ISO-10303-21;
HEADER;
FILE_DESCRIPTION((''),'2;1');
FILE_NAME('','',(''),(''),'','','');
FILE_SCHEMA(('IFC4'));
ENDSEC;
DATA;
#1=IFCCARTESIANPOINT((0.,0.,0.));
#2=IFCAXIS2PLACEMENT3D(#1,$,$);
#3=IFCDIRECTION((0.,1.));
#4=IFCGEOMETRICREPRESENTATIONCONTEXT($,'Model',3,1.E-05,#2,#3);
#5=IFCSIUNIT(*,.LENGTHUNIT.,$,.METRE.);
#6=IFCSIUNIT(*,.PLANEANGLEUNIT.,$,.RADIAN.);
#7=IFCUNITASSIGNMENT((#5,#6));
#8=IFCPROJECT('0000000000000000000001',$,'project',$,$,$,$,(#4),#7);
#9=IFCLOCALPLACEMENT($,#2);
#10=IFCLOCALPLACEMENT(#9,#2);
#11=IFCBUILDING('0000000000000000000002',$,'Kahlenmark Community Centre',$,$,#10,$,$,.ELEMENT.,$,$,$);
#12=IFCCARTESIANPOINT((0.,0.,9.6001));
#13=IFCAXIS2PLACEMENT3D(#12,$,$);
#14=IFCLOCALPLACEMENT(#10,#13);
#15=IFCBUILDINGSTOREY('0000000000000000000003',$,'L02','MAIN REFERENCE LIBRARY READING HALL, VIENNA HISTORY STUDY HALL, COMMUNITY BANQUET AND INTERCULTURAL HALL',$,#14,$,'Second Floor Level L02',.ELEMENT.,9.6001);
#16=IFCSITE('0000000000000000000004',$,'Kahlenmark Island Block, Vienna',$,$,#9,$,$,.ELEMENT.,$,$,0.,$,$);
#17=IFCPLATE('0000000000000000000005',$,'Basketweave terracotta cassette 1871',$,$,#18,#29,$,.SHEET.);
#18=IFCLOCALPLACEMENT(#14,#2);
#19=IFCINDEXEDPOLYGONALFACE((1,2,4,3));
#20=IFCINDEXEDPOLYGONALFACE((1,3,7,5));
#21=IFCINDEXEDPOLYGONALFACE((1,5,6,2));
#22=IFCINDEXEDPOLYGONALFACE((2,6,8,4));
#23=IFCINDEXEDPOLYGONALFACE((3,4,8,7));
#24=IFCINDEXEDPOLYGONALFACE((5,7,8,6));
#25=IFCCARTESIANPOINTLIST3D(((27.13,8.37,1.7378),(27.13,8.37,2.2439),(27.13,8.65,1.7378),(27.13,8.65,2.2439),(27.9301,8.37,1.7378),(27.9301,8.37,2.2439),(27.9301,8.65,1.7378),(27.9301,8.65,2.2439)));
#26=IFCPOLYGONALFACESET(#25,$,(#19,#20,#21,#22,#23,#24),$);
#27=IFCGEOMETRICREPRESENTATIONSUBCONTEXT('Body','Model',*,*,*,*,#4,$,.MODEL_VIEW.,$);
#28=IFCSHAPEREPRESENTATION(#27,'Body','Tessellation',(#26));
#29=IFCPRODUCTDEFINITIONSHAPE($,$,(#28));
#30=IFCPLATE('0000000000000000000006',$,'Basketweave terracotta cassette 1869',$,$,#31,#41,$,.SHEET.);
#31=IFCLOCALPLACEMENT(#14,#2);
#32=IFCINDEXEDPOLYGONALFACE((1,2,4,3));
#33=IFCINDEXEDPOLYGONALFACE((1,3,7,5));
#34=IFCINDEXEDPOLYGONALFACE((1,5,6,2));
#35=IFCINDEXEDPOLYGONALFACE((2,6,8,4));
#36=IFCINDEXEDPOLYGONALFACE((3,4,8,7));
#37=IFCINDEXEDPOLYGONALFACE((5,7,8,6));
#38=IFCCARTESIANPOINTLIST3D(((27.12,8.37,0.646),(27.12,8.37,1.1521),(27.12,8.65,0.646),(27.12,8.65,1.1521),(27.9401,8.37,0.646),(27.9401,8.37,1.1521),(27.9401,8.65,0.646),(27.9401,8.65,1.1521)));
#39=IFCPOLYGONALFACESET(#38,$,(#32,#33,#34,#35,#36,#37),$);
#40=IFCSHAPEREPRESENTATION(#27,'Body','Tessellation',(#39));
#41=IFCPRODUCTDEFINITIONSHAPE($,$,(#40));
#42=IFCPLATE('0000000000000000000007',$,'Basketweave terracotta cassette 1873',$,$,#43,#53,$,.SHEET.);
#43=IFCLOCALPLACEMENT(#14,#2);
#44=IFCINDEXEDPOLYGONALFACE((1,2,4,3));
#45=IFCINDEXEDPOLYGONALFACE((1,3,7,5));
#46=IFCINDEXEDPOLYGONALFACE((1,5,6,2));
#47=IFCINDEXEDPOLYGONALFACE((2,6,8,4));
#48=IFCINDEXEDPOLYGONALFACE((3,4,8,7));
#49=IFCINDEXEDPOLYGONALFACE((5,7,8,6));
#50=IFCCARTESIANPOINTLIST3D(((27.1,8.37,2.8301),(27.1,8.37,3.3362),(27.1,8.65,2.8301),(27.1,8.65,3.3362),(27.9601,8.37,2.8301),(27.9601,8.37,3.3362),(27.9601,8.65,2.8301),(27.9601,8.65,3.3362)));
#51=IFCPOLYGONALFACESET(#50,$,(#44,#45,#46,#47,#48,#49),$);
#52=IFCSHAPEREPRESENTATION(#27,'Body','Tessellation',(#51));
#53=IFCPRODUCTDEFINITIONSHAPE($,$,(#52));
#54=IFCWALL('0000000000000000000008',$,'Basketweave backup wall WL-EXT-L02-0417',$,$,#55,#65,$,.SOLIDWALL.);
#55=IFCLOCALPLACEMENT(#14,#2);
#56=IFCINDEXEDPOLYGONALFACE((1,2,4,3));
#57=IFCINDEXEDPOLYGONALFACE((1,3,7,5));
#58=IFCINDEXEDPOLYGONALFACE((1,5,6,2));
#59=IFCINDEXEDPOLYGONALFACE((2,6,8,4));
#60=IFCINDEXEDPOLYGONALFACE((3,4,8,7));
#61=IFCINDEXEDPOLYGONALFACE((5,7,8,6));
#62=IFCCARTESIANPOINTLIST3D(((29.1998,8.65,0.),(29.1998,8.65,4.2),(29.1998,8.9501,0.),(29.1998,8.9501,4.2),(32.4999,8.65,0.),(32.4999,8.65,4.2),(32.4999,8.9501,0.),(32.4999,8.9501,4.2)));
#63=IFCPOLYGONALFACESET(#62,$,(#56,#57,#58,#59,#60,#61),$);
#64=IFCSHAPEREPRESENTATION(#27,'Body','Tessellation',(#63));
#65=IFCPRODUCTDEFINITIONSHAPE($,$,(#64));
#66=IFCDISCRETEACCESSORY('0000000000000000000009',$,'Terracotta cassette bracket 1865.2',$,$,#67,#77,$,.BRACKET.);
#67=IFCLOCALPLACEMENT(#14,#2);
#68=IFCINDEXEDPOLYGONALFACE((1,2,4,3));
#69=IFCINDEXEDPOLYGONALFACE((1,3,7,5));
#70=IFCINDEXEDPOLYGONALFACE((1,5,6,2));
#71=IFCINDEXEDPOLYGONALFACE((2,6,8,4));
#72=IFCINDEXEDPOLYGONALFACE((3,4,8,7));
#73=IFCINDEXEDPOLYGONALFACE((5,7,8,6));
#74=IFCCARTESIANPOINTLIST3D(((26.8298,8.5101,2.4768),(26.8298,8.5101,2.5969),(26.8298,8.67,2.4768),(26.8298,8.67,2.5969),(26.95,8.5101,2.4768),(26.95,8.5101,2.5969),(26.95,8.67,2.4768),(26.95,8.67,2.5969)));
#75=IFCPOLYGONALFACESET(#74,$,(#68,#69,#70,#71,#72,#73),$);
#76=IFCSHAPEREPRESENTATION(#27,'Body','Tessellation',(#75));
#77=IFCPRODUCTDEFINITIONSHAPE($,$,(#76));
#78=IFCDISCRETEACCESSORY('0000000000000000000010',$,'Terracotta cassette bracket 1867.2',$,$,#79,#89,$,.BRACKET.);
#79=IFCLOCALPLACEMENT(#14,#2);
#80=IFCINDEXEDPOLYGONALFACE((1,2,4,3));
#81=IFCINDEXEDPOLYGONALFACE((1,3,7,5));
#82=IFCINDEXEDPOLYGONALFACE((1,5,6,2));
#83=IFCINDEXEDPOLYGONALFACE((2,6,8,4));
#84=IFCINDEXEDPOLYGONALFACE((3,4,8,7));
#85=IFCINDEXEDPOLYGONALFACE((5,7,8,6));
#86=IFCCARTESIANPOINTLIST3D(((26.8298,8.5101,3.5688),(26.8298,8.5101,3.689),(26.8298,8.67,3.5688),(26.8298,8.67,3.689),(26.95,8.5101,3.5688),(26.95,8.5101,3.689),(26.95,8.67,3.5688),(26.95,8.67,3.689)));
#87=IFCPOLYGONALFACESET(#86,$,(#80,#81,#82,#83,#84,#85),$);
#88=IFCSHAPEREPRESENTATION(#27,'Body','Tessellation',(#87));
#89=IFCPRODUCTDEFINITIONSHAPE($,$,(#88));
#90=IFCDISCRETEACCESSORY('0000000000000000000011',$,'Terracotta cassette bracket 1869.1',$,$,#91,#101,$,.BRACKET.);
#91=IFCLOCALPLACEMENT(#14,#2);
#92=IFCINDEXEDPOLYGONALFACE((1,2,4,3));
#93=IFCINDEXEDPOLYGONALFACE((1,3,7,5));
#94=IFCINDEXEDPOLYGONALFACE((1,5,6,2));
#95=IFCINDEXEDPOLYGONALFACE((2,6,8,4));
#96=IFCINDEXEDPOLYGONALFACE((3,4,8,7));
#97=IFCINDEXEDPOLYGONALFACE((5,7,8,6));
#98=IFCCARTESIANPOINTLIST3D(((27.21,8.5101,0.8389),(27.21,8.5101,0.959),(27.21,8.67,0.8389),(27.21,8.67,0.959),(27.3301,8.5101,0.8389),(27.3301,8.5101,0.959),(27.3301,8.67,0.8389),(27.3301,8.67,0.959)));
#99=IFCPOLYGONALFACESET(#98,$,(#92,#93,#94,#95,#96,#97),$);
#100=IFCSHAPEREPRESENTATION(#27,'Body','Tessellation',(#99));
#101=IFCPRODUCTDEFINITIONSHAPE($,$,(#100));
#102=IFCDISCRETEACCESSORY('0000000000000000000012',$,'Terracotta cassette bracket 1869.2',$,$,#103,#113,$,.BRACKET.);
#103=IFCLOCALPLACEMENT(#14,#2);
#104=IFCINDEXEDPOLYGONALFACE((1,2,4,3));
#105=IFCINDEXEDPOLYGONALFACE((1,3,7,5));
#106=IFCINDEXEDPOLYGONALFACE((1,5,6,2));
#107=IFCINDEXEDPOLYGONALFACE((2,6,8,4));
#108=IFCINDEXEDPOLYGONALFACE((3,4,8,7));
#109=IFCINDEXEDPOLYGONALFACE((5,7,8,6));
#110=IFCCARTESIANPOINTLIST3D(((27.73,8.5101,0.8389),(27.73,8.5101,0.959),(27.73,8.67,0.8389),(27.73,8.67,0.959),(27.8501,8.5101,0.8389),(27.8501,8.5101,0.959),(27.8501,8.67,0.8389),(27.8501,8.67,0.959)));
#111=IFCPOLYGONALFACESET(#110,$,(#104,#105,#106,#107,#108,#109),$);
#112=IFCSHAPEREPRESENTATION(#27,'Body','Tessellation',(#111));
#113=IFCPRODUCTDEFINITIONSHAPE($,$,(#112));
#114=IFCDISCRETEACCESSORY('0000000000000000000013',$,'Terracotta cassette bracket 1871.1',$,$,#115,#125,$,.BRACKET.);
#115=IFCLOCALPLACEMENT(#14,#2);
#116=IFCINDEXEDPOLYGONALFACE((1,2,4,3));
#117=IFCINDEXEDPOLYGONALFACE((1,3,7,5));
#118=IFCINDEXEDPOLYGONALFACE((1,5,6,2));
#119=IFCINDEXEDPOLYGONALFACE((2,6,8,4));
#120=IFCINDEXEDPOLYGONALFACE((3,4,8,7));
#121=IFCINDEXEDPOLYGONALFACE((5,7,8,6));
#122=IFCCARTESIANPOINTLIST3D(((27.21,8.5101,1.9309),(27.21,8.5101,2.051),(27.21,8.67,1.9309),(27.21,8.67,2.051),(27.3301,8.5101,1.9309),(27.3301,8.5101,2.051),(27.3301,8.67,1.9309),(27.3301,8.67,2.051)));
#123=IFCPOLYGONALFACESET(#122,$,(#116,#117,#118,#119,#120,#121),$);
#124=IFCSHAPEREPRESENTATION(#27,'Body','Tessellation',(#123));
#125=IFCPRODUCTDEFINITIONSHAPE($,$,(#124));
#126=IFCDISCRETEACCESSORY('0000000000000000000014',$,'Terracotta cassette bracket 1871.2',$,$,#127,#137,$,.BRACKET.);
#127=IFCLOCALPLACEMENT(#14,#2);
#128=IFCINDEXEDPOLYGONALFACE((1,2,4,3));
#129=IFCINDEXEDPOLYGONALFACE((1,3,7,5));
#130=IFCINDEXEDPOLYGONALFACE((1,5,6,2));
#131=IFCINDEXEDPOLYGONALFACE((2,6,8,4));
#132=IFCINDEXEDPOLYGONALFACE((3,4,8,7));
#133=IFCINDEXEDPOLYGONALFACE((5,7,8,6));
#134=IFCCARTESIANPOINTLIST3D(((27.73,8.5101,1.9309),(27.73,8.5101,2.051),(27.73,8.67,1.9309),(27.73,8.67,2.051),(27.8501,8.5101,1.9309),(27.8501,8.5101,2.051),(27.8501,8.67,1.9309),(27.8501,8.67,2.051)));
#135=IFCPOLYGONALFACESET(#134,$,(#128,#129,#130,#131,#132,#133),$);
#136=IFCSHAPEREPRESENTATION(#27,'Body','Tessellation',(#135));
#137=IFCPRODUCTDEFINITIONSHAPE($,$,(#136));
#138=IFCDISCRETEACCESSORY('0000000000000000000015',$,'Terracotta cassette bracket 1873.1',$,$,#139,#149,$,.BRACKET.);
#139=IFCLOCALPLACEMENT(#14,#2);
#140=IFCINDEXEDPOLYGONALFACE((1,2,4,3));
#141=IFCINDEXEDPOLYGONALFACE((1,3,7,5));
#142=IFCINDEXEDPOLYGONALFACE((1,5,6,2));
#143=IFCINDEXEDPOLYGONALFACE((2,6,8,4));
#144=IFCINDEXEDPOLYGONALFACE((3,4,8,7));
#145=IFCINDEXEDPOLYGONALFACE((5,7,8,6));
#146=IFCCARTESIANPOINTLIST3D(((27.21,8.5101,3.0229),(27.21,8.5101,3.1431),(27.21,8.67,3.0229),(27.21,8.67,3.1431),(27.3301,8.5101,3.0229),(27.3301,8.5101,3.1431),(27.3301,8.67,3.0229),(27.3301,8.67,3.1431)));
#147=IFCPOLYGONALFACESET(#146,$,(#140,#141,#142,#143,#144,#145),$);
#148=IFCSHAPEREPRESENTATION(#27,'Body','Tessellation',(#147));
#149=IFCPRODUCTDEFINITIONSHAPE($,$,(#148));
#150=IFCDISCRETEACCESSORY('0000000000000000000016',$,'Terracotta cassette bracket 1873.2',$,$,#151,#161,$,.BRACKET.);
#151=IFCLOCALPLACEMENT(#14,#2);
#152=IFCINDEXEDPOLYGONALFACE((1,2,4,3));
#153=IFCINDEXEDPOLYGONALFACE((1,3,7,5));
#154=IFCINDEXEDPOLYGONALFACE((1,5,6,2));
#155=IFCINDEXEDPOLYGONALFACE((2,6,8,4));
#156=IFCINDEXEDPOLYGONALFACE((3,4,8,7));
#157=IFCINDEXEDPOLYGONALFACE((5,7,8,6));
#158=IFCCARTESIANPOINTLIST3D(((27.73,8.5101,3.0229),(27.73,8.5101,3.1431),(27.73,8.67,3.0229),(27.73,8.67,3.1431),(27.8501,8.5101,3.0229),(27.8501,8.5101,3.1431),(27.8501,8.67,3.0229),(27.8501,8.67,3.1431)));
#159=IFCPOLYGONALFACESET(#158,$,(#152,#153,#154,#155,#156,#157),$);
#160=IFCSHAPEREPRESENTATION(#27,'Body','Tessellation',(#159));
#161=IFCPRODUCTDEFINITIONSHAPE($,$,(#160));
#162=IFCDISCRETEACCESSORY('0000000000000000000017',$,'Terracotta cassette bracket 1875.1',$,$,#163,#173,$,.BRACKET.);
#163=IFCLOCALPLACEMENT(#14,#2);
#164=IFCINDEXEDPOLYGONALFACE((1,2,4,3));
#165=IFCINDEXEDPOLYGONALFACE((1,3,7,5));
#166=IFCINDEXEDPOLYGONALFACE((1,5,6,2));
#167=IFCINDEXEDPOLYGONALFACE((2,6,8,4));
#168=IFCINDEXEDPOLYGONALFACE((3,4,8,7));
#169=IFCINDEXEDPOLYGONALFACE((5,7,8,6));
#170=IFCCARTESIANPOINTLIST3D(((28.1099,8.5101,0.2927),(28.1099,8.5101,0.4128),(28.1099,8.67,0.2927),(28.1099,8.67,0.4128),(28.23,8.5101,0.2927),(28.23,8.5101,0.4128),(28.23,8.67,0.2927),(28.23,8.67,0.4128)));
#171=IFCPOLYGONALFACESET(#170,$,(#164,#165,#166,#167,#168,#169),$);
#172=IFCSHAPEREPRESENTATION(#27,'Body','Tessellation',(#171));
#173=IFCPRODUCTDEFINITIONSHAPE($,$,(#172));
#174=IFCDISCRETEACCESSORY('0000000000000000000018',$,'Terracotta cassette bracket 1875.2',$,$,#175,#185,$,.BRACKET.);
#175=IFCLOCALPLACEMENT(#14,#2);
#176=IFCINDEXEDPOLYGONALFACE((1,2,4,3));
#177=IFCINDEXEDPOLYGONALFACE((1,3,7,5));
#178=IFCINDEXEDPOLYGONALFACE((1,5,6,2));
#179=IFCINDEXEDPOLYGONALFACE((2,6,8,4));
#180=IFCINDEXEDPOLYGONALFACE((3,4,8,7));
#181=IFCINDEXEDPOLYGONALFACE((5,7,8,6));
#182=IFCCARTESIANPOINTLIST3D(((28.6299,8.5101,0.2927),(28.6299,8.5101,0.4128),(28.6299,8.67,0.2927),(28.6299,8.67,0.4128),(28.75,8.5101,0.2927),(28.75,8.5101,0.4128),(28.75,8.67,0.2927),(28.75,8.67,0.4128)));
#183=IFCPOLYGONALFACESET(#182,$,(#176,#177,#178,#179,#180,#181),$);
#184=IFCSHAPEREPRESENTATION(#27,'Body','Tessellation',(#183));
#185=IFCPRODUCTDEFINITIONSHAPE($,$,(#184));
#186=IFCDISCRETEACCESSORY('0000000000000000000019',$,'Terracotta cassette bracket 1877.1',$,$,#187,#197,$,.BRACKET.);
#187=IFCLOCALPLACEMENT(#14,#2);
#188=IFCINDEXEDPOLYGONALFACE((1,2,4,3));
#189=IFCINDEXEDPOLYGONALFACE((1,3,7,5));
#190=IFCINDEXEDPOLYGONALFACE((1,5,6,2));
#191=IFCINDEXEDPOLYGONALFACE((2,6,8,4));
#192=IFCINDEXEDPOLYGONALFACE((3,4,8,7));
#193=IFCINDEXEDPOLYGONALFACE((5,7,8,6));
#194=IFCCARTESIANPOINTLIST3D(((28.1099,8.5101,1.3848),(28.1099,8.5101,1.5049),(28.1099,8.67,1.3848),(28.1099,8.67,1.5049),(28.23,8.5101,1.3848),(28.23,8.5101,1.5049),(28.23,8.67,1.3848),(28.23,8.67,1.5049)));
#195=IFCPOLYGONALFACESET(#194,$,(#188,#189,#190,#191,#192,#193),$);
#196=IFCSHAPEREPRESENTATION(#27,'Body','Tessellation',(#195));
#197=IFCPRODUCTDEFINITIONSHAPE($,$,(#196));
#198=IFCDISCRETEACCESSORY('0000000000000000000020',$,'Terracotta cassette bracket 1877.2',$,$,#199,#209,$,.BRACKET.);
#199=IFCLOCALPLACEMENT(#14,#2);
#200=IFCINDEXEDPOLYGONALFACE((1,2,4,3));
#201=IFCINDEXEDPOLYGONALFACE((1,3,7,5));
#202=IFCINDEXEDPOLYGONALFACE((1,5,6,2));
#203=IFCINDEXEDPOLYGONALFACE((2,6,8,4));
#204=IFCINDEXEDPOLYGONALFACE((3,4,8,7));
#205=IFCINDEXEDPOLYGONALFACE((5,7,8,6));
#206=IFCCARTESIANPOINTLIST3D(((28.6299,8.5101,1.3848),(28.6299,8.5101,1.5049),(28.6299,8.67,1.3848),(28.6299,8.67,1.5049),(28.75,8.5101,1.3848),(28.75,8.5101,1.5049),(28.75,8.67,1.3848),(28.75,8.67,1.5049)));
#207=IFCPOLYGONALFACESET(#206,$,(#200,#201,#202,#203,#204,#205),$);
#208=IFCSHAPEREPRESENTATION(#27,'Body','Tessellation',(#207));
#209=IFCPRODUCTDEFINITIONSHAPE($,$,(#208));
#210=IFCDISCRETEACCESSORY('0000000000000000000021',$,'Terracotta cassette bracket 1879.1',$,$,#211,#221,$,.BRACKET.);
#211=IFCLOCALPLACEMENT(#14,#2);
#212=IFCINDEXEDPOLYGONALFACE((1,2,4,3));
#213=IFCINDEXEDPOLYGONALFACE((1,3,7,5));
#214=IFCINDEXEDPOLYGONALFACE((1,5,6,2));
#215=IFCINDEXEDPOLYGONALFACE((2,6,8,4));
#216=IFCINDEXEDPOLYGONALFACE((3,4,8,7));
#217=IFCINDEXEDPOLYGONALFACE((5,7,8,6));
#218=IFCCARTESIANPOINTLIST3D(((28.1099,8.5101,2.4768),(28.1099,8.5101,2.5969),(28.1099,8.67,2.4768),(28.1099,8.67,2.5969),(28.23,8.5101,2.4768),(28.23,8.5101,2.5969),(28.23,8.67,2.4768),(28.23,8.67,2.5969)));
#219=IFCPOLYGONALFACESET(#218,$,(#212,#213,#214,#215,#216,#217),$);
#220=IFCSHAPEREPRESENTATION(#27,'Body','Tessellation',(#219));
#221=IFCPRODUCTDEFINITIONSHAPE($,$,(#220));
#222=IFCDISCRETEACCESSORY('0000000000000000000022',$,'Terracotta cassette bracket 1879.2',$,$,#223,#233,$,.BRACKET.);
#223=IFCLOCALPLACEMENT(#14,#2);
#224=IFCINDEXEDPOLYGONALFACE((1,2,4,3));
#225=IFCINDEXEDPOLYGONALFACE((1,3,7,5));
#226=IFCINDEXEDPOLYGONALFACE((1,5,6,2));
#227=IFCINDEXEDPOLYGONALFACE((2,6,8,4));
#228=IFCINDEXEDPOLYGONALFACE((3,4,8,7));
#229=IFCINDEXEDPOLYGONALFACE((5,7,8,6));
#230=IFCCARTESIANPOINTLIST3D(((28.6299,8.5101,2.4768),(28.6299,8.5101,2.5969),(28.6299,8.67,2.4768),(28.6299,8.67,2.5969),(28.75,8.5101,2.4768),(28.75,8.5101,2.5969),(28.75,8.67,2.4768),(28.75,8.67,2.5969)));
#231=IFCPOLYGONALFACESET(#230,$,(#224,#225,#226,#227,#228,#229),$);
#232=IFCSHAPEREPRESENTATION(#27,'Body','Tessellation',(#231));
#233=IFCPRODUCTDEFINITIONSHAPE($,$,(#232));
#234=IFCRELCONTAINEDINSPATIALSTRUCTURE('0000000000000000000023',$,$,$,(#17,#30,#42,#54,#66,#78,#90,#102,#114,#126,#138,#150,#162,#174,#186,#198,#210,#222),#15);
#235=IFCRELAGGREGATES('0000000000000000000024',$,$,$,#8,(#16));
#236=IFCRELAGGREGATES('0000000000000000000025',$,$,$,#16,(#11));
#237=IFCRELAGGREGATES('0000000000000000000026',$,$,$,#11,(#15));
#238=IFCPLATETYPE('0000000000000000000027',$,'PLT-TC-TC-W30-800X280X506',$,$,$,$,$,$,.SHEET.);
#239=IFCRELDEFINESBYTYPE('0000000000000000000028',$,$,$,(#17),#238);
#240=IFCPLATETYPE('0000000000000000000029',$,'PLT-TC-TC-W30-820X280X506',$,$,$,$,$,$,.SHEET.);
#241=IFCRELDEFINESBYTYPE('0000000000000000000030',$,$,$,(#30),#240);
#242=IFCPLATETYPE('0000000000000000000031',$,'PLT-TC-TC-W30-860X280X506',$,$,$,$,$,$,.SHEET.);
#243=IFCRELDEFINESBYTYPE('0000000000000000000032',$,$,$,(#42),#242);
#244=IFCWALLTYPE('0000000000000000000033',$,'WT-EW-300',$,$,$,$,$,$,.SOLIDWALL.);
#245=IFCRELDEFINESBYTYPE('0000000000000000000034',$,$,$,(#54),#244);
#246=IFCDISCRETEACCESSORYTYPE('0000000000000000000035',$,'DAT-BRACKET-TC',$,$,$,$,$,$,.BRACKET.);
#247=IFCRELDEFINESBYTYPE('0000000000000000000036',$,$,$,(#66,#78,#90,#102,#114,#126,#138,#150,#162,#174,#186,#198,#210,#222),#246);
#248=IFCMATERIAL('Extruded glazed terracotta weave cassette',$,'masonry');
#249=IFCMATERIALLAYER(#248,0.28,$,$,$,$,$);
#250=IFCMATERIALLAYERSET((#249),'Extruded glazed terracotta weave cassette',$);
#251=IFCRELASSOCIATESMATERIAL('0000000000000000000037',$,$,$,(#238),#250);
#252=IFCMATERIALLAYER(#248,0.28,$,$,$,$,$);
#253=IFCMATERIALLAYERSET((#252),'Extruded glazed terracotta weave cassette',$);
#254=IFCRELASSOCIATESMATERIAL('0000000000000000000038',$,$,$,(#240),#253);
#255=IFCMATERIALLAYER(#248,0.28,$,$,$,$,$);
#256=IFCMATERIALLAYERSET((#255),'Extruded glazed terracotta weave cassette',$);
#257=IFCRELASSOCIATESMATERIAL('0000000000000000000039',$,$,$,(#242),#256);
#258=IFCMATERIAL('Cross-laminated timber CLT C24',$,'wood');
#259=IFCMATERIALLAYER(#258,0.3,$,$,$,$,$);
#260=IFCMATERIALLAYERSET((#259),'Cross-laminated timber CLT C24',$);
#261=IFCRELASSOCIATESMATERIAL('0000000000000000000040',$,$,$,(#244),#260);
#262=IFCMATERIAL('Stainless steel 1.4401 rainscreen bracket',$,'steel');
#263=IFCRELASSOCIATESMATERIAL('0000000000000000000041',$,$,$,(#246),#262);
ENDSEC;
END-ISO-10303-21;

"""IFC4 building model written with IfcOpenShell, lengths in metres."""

from ifc_helpers import new_model, si_unit, direction, frame, frame_2d, origin, origin_2d, place, context, subcontext, project, spatial, rectangle, extrude, material, layer, layer_set, type_object, element, save


model = new_model("IFC4")

# Units and contexts
model_context = context("Model", 3, precision=1e-05, world=origin(), true_north=direction((0.0, 1.0)))
body_context = subcontext(model_context, "Body", "Model", "MODEL_VIEW")
ifc_project = project(units=[si_unit("LENGTHUNIT", "METRE"), si_unit("PLANEANGLEUNIT", "RADIAN")], contexts=[model_context])

# Site, building, storey
site_placement = place(None, origin())
site = spatial("IfcSite", under=ifc_project, at=site_placement, Name="Kahlenmark Island Block, Vienna", CompositionType="ELEMENT", RefElevation=0.0)
building_placement = place(site_placement, origin())
building = spatial("IfcBuilding", under=site, at=building_placement, Name="Kahlenmark Community Centre", CompositionType="ELEMENT")
storey_placement = place(building_placement, frame((0.0, 0.0, 9.6001)))
storey = spatial("IfcBuildingStorey", under=building, at=storey_placement, Name="L02", Description="MAIN REFERENCE LIBRARY READING HALL, VIENNA HISTORY STUDY HALL, COMMUNITY BANQUET AND INTERCULTURAL HALL", LongName="Second Floor Level L02", CompositionType="ELEMENT", Elevation=9.6001)

# Plates
ifc_material_1 = material(Name="Extruded glazed terracotta weave cassette", Category="masonry")
ifc_layer_1 = layer(ifc_material_1, 0.28)
ifc_layer_set_1 = layer_set([ifc_layer_1], Name="Extruded glazed terracotta weave cassette")
plate_type_1 = type_object("IfcPlateType", Name="PLT-TC-TC-W30-800X280X506", PredefinedType="SHEET", material=ifc_layer_set_1)
plate_1_placement = place(storey_placement, frame((27.53, 8.51, 1.7378), z_axis=(0.0, 0.0, 1.0), x_axis=(1.0, 0.0, 0.0)))
element("IfcPlate", 1, at=plate_1_placement, inside=storey, type_object=plate_type_1, Name="Basketweave terracotta cassette 1871", PredefinedType="SHEET", context=body_context, shape_type="SweptSolid", body=[
    extrude(rectangle(XDim=0.8, YDim=0.28, at=origin_2d()), origin(), (0.0, 0.0, 1.0), 0.5061),
])
ifc_layer_2 = layer(ifc_material_1, 0.28)
ifc_layer_set_2 = layer_set([ifc_layer_2], Name="Extruded glazed terracotta weave cassette")
plate_type_2 = type_object("IfcPlateType", Name="PLT-TC-TC-W30-820X280X506", PredefinedType="SHEET", material=ifc_layer_set_2)
plate_2_placement = place(storey_placement, frame((27.53, 8.51, 0.646), z_axis=(0.0, 0.0, 1.0), x_axis=(1.0, 0.0, 0.0)))
element("IfcPlate", 2, at=plate_2_placement, inside=storey, type_object=plate_type_2, Name="Basketweave terracotta cassette 1869", PredefinedType="SHEET", context=body_context, shape_type="SweptSolid", body=[
    extrude(rectangle(XDim=0.8201, YDim=0.28, at=origin_2d()), origin(), (0.0, 0.0, 1.0), 0.5061),
])
ifc_layer_3 = layer(ifc_material_1, 0.28)
ifc_layer_set_3 = layer_set([ifc_layer_3], Name="Extruded glazed terracotta weave cassette")
plate_type_3 = type_object("IfcPlateType", Name="PLT-TC-TC-W30-860X280X506", PredefinedType="SHEET", material=ifc_layer_set_3)
plate_3_placement = place(storey_placement, frame((27.53, 8.51, 2.8301), z_axis=(0.0, 0.0, 1.0), x_axis=(1.0, 0.0, 0.0)))
element("IfcPlate", 3, at=plate_3_placement, inside=storey, type_object=plate_type_3, Name="Basketweave terracotta cassette 1873", PredefinedType="SHEET", context=body_context, shape_type="SweptSolid", body=[
    extrude(rectangle(XDim=0.8601, YDim=0.28, at=origin_2d()), origin(), (0.0, 0.0, 1.0), 0.5061),
])

# Wall
ifc_material_2 = material(Name="Cross-laminated timber CLT C24", Category="wood")
ifc_layer_4 = layer(ifc_material_2, 0.3)
ifc_layer_set_4 = layer_set([ifc_layer_4], Name="Cross-laminated timber CLT C24")
wall_type = type_object("IfcWallType", Name="WT-EW-300", PredefinedType="SOLIDWALL", material=ifc_layer_set_4)
wall_placement = place(storey_placement, frame((29.2, 8.8, 0.0), z_axis=(0.0, 0.0, 1.0), x_axis=(1.0, 0.0, 0.0)))
element("IfcWall", 4, at=wall_placement, inside=storey, type_object=wall_type, Name="Basketweave backup wall WL-EXT-L02-0417", PredefinedType="SOLIDWALL", context=body_context, shape_type="SweptSolid", body=[
    extrude(rectangle(XDim=3.3, YDim=0.3, at=frame_2d((1.6499, 0.0))), origin(), (0.0, 0.0, 1.0), 4.2),
])

# Discrete accessories
ifc_material_3 = material(Name="Stainless steel 1.4401 rainscreen bracket", Category="steel")
discrete_accessory_type = type_object("IfcDiscreteAccessoryType", Name="DAT-BRACKET-TC", PredefinedType="BRACKET", material=ifc_material_3)
for number, where, z_axis, x_axis, name in (
    (5, (26.8899, 8.5901, 2.4768), (0.0, 0.0, 1.0), (1.0, 0.0, 0.0), "Terracotta cassette bracket 1865.2"),
    (6, (26.8899, 8.5901, 3.5688), (0.0, 0.0, 1.0), (1.0, 0.0, 0.0), "Terracotta cassette bracket 1867.2"),
    (7, (27.27, 8.5901, 0.8389), (0.0, 0.0, 1.0), (1.0, 0.0, 0.0), "Terracotta cassette bracket 1869.1"),
    (8, (27.79, 8.5901, 0.8389), (0.0, 0.0, 1.0), (1.0, 0.0, 0.0), "Terracotta cassette bracket 1869.2"),
    (9, (27.27, 8.5901, 1.9309), (0.0, 0.0, 1.0), (1.0, 0.0, 0.0), "Terracotta cassette bracket 1871.1"),
    (10, (27.79, 8.5901, 1.9309), (0.0, 0.0, 1.0), (1.0, 0.0, 0.0), "Terracotta cassette bracket 1871.2"),
    (11, (27.27, 8.5901, 3.0229), (0.0, 0.0, 1.0), (1.0, 0.0, 0.0), "Terracotta cassette bracket 1873.1"),
    (12, (27.79, 8.5901, 3.0229), (0.0, 0.0, 1.0), (1.0, 0.0, 0.0), "Terracotta cassette bracket 1873.2"),
    (13, (28.1699, 8.5901, 0.2927), (0.0, 0.0, 1.0), (1.0, 0.0, 0.0), "Terracotta cassette bracket 1875.1"),
    (14, (28.6899, 8.5901, 0.2927), (0.0, 0.0, 1.0), (1.0, 0.0, 0.0), "Terracotta cassette bracket 1875.2"),
    (15, (28.1699, 8.5901, 1.3848), (0.0, 0.0, 1.0), (1.0, 0.0, 0.0), "Terracotta cassette bracket 1877.1"),
    (16, (28.6899, 8.5901, 1.3848), (0.0, 0.0, 1.0), (1.0, 0.0, 0.0), "Terracotta cassette bracket 1877.2"),
    (17, (28.1699, 8.5901, 2.4768), (0.0, 0.0, 1.0), (1.0, 0.0, 0.0), "Terracotta cassette bracket 1879.1"),
    (18, (28.6899, 8.5901, 2.4768), (0.0, 0.0, 1.0), (1.0, 0.0, 0.0), "Terracotta cassette bracket 1879.2"),
):
    element("IfcDiscreteAccessory", number, at=place(storey_placement, frame(where, z_axis=z_axis, x_axis=x_axis)), inside=storey, type_object=discrete_accessory_type, Name=name, PredefinedType="BRACKET", context=body_context, shape_type="SweptSolid", body=[
        extrude(rectangle(XDim=0.1201, YDim=0.1599, at=origin_2d()), origin(), (0.0, 0.0, 1.0), 0.1201),
    ])

save(model, "model.ifc")
